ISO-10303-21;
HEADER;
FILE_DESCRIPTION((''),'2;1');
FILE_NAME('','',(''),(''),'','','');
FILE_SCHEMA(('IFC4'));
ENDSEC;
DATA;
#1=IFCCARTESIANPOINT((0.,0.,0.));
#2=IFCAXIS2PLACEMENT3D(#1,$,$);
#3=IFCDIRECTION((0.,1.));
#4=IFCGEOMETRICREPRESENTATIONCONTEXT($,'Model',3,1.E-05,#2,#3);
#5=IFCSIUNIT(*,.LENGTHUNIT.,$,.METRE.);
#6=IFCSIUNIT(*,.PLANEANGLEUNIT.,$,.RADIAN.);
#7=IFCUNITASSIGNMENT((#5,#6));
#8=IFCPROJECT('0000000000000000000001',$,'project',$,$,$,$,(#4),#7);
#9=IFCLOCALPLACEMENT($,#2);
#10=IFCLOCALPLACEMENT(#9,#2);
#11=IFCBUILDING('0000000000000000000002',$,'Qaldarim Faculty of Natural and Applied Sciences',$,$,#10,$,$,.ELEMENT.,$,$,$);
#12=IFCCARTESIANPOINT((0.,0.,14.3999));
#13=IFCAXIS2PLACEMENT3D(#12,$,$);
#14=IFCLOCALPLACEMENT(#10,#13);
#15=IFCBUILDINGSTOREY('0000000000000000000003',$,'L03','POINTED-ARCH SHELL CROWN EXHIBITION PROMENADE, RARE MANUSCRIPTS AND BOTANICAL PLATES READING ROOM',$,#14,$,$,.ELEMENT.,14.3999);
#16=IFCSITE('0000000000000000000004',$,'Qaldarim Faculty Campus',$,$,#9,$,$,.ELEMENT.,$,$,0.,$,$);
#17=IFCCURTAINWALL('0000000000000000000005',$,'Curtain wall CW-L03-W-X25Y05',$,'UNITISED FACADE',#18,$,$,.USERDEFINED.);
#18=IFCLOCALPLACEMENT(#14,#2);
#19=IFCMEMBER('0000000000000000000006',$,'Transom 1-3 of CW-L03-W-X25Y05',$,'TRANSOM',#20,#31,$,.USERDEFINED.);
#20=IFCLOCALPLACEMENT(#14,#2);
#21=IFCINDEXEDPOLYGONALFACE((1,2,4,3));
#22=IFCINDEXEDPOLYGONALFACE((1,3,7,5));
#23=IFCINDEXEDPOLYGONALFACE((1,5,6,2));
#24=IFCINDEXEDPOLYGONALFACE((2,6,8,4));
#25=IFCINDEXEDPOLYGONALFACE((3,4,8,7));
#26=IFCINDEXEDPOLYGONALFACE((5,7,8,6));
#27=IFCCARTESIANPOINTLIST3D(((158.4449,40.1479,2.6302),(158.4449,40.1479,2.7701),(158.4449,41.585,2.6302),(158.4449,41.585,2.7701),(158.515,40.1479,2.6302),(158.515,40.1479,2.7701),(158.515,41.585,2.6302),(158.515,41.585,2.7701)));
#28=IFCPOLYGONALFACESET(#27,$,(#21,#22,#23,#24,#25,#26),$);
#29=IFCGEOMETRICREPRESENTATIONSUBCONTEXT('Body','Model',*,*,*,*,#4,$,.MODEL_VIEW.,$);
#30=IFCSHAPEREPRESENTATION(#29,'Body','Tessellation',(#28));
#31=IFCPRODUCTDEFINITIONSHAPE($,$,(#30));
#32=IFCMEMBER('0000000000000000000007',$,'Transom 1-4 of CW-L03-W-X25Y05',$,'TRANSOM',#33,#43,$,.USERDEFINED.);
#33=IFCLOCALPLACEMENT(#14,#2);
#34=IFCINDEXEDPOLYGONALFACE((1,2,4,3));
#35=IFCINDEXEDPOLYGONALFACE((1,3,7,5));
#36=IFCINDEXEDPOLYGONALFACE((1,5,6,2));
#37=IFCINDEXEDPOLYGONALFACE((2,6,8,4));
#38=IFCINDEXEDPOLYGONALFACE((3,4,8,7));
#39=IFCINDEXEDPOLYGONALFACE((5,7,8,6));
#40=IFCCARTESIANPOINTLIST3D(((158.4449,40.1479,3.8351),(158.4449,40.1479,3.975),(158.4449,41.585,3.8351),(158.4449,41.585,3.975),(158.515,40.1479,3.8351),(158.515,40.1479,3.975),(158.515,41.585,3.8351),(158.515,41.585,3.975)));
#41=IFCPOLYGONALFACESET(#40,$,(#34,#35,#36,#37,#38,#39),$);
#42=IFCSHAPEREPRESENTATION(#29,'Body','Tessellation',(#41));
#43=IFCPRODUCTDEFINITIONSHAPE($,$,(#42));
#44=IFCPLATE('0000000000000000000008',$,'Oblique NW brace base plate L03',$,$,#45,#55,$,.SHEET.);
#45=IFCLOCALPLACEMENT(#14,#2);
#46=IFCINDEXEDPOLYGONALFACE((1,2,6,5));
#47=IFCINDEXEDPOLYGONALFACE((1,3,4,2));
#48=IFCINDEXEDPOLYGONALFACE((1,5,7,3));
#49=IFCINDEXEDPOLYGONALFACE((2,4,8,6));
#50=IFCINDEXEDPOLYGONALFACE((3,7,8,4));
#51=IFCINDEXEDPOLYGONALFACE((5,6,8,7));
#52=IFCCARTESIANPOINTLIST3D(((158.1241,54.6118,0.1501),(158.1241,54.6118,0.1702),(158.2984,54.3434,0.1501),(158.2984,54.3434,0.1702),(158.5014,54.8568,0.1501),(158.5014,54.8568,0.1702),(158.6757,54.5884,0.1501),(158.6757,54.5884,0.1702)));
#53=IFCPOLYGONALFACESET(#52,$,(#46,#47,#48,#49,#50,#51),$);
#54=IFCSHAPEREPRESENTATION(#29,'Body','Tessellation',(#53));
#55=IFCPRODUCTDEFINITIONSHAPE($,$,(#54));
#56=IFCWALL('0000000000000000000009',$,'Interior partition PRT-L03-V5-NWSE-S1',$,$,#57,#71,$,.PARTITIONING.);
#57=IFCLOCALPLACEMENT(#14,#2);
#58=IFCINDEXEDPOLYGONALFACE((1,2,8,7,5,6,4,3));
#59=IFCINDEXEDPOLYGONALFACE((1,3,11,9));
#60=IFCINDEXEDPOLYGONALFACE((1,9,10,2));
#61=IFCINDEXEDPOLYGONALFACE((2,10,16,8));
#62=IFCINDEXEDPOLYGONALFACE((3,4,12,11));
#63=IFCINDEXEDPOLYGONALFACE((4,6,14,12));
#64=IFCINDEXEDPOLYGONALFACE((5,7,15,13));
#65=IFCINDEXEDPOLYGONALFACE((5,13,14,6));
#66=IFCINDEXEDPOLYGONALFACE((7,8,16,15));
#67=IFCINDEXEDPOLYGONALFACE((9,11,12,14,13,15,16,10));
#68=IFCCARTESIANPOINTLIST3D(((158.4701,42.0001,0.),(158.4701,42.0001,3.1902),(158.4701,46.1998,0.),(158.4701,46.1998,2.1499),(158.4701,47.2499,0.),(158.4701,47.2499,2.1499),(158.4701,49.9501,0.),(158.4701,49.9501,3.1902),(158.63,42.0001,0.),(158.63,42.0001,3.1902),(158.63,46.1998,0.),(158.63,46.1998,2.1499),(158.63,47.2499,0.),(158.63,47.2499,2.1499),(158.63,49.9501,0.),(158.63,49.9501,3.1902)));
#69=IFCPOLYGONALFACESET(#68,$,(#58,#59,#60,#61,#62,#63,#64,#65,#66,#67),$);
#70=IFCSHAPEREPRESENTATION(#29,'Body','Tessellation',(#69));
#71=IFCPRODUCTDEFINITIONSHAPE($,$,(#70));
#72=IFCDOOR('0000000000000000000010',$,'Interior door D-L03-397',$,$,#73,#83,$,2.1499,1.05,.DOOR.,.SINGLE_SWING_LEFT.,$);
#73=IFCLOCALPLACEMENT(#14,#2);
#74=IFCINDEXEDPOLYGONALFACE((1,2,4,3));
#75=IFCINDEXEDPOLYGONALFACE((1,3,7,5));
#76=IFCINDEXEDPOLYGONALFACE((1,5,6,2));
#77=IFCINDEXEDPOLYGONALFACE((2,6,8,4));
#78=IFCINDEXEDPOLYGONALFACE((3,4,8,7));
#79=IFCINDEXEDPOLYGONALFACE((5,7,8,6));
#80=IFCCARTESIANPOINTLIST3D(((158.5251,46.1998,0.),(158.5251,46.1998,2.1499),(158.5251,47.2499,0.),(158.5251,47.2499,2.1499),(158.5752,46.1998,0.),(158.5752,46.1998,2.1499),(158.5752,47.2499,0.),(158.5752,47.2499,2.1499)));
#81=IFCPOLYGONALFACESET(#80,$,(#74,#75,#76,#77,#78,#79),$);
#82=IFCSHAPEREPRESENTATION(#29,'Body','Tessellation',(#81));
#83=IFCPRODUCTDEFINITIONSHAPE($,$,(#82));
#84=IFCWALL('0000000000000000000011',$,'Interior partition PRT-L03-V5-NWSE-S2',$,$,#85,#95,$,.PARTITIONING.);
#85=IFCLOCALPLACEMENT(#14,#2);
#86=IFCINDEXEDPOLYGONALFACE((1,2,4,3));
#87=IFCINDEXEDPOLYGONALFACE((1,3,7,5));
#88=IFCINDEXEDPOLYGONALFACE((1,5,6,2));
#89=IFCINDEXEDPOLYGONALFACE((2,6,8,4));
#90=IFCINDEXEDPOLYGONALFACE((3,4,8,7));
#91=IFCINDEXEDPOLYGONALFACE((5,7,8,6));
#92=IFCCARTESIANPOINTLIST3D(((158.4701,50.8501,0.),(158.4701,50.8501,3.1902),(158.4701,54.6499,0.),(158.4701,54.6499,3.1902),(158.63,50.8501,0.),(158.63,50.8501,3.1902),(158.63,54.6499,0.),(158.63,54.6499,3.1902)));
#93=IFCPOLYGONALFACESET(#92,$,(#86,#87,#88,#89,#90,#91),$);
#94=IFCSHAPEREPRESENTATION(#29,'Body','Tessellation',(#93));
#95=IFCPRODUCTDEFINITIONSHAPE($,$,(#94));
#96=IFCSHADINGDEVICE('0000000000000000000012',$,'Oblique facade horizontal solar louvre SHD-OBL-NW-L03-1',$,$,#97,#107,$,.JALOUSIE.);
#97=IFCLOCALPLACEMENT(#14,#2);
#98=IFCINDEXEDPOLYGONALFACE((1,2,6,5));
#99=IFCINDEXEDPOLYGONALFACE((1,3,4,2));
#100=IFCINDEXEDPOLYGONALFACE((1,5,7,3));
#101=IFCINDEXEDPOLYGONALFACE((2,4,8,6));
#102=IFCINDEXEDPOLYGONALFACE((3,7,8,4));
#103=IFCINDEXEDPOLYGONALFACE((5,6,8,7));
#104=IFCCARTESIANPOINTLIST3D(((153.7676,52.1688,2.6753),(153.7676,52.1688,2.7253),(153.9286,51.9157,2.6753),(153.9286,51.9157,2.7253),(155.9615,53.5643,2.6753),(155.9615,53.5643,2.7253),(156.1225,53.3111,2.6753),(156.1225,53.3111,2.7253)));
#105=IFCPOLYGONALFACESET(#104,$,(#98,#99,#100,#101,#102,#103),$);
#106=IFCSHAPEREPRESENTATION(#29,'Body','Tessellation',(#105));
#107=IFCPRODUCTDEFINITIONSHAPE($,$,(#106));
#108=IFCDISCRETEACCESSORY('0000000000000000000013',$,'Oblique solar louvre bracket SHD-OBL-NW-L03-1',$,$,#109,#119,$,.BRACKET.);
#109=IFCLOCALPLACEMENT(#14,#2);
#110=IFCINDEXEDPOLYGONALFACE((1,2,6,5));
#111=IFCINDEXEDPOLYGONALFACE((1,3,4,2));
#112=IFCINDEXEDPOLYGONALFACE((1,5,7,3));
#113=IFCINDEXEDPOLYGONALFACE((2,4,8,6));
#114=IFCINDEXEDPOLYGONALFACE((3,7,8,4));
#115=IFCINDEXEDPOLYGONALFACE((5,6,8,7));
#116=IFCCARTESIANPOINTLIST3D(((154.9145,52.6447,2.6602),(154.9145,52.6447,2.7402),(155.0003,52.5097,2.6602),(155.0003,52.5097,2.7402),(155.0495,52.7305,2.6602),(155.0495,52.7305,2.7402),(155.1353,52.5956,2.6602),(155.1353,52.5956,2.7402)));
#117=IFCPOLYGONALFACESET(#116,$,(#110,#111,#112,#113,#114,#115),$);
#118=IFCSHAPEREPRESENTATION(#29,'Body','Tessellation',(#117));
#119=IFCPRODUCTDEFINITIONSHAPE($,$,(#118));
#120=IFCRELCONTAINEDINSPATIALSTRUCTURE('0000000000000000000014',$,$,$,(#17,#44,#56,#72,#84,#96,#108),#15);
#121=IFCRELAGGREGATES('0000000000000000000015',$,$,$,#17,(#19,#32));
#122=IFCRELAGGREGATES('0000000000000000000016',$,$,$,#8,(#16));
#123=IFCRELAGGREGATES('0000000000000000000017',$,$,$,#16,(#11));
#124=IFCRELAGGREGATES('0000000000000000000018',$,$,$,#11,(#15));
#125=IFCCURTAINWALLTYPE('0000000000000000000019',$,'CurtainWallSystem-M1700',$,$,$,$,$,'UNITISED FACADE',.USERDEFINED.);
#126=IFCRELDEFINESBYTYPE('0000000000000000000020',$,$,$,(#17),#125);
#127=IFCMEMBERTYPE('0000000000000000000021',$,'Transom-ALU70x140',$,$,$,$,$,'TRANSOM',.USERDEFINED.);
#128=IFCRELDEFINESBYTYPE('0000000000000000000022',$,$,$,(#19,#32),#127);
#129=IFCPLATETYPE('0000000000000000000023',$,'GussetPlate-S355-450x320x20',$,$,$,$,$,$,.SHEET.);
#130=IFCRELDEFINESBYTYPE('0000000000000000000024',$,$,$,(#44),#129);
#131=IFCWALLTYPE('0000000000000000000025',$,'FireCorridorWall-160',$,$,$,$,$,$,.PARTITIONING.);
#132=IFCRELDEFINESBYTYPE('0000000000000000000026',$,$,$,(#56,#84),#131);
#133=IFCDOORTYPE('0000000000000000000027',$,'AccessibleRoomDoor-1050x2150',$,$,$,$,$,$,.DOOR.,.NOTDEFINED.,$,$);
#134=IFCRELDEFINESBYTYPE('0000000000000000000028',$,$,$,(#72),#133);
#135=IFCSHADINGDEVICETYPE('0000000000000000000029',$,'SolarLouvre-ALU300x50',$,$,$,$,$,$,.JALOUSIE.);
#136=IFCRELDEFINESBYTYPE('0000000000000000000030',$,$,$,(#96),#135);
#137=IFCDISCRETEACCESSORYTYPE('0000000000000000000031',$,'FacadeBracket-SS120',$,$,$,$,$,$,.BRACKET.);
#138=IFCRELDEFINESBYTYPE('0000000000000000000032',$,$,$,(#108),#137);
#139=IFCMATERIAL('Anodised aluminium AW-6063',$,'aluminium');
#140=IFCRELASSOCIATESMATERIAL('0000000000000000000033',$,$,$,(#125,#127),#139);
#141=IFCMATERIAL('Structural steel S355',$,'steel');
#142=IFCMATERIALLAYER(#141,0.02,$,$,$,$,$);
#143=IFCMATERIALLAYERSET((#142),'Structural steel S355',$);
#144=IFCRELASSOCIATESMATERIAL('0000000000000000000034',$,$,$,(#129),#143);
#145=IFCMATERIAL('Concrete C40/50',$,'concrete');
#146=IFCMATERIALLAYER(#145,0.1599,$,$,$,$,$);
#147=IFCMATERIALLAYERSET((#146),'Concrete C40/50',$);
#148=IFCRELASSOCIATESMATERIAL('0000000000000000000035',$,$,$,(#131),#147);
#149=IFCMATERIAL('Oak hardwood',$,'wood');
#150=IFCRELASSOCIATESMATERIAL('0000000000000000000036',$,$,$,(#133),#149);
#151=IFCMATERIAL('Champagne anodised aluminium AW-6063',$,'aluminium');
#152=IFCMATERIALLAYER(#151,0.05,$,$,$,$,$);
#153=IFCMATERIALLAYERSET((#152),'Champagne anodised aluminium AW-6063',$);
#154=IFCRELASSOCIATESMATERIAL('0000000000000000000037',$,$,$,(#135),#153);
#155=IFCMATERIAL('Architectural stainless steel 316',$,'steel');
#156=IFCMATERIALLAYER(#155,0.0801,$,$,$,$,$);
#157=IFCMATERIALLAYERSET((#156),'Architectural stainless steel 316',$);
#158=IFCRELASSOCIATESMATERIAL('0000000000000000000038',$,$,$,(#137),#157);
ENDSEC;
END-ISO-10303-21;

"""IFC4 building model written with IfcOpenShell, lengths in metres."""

from ifc_helpers import new_model, si_unit, direction, frame, frame_2d, origin, origin_2d, place, context, subcontext, project, spatial, rectangle, extrude, material, layer, layer_set, material_profile, profile_set, type_object, element, fill, aggregate, save


model = new_model("IFC4")

# Units and contexts
model_context = context("Model", 3, precision=1e-05, world=origin(), true_north=direction((0.0, 1.0)))
body_context = subcontext(model_context, "Body", "Model", "MODEL_VIEW")
ifc_project = project(units=[si_unit("LENGTHUNIT", "METRE"), si_unit("PLANEANGLEUNIT", "RADIAN")], contexts=[model_context])

# Site, building, storey
site_placement = place(None, origin())
site = spatial("IfcSite", under=ifc_project, at=site_placement, Name="Qaldarim Faculty Campus", CompositionType="ELEMENT", RefElevation=0.0)
building_placement = place(site_placement, origin())
building = spatial("IfcBuilding", under=site, at=building_placement, Name="Qaldarim Faculty of Natural and Applied Sciences", CompositionType="ELEMENT")
storey_placement = place(building_placement, frame((0.0, 0.0, 14.3999)))
storey = spatial("IfcBuildingStorey", under=building, at=storey_placement, Name="L03", Description="POINTED-ARCH SHELL CROWN EXHIBITION PROMENADE, RARE MANUSCRIPTS AND BOTANICAL PLATES READING ROOM", CompositionType="ELEMENT", Elevation=14.3999)

# Shared definitions
ifc_material_1 = material(Name="Concrete C40/50", Category="concrete")

# Shared definitions
ifc_material_2 = material(Name="Structural steel S355", Category="steel")

# Curtain wall
ifc_material_3 = material(Name="Anodised aluminium AW-6063", Category="aluminium")
curtain_wall_type = type_object("IfcCurtainWallType", Name="CurtainWallSystem-M1700", ElementType="UNITISED FACADE", PredefinedType="USERDEFINED", material=ifc_material_3)
curtain_wall_placement = place(storey_placement, origin())
curtain_wall = element("IfcCurtainWall", 1, at=curtain_wall_placement, inside=storey, type_object=curtain_wall_type, Name="Curtain wall CW-L03-W-X25Y05", ObjectType="UNITISED FACADE", PredefinedType="USERDEFINED")

# Members
ifc_material_profile_1 = material_profile(ifc_material_3, rectangle(XDim=0.0701, YDim=0.1399, at=origin_2d()), Name="ALU-T70x140")
ifc_profile_set_1 = profile_set([ifc_material_profile_1], Name="Anodised aluminium AW-6063")
member_type_1 = type_object("IfcMemberType", Name="Transom-ALU70x140", ElementType="TRANSOM", PredefinedType="USERDEFINED", material=ifc_profile_set_1)
member_1_placement = place(storey_placement, frame((158.48, 41.585, 2.7002), z_axis=(0.0, -1.0, 0.0), x_axis=(1.0, 0.0, 0.0)))
member_1 = element("IfcMember", 2, at=member_1_placement, type_object=member_type_1, Name="Transom 1-3 of CW-L03-W-X25Y05", ObjectType="TRANSOM", PredefinedType="USERDEFINED", context=body_context, shape_type="SweptSolid", body=[
    extrude(rectangle(XDim=0.0701, YDim=0.1399, at=origin_2d()), origin(), (0.0, 0.0, 1.0), 1.437),
])
member_2_placement = place(storey_placement, frame((158.48, 41.585, 3.905), z_axis=(0.0, -1.0, 0.0), x_axis=(1.0, 0.0, 0.0)))
member_2 = element("IfcMember", 3, at=member_2_placement, type_object=member_type_1, Name="Transom 1-4 of CW-L03-W-X25Y05", ObjectType="TRANSOM", PredefinedType="USERDEFINED", context=body_context, shape_type="SweptSolid", body=[
    extrude(rectangle(XDim=0.0701, YDim=0.1399, at=origin_2d()), origin(), (0.0, 0.0, 1.0), 1.437),
])
aggregate(curtain_wall, [member_1, member_2])

# Plate
ifc_layer_1 = layer(ifc_material_2, 0.02)
ifc_layer_set_1 = layer_set([ifc_layer_1], Name="Structural steel S355")
plate_type = type_object("IfcPlateType", Name="GussetPlate-S355-450x320x20", PredefinedType="SHEET", material=ifc_layer_set_1)
plate_placement = place(storey_placement, frame((158.3999, 54.6001, 0.1501), z_axis=(0.0, 0.0, 1.0), x_axis=(0.838671, 0.544639, 0.0)))
element("IfcPlate", 4, at=plate_placement, inside=storey, type_object=plate_type, Name="Oblique NW brace base plate L03", PredefinedType="SHEET", context=body_context, shape_type="SweptSolid", body=[
    extrude(rectangle(XDim=0.45, YDim=0.3201, at=origin_2d()), origin(), (0.0, 0.0, 1.0), 0.02),
])

# Wall, opening, door
ifc_layer_2 = layer(ifc_material_1, 0.1599)
ifc_layer_set_2 = layer_set([ifc_layer_2], Name="Concrete C40/50")
wall_type = type_object("IfcWallType", Name="FireCorridorWall-160", PredefinedType="PARTITIONING", material=ifc_layer_set_2)
wall_1_placement = place(storey_placement, frame((158.55, 42.0, 0.0), z_axis=(0.0, 0.0, 1.0), x_axis=(0.0, 1.0, 0.0)))
wall_1 = element("IfcWall", 5, at=wall_1_placement, inside=storey, type_object=wall_type, Name="Interior partition PRT-L03-V5-NWSE-S1", PredefinedType="PARTITIONING", context=body_context, shape_type="SweptSolid", body=[
    extrude(rectangle(XDim=7.95, YDim=0.1599, at=frame_2d((3.9751, 0.0))), origin(), (0.0, 0.0, 1.0), 3.1902),
])
opening_placement = place(wall_1_placement, frame((4.2, 0.0, 0.0)))
opening = element("IfcOpeningElement", 6, at=opening_placement, cuts=wall_1, PredefinedType="OPENING", context=body_context, shape_type="SweptSolid", body=[
    extrude(rectangle(XDim=1.05, YDim=2.1499, at=frame_2d((0.5249, 1.075))), frame((0.0, 0.0898, 0.0), z_axis=(0.0, -1.0, 0.0), x_axis=(1.0, 0.0, 0.0)), (0.0, 0.0, 1.0), 0.1799),
])
ifc_material_4 = material(Name="Oak hardwood", Category="wood")
door_type = type_object("IfcDoorType", Name="AccessibleRoomDoor-1050x2150", OperationType="NOTDEFINED", PredefinedType="DOOR", material=ifc_material_4)
door_placement = place(opening_placement, origin())
door = element("IfcDoor", 7, at=door_placement, inside=storey, type_object=door_type, Name="Interior door D-L03-397", OperationType="SINGLE_SWING_LEFT", OverallHeight=2.1499, OverallWidth=1.05, PredefinedType="DOOR", context=body_context, shape_type="SweptSolid", body=[
    extrude(rectangle(XDim=1.05, YDim=2.1499, at=frame_2d((0.5249, 1.075))), frame((0.0, 0.0249, 0.0), z_axis=(0.0, -1.0, 0.0), x_axis=(1.0, 0.0, 0.0)), (0.0, 0.0, 1.0), 0.05),
])
fill(opening, door)

# Wall
wall_2_placement = place(storey_placement, frame((158.55, 50.8501, 0.0), z_axis=(0.0, 0.0, 1.0), x_axis=(0.0, 1.0, 0.0)))
element("IfcWall", 8, at=wall_2_placement, inside=storey, type_object=wall_type, Name="Interior partition PRT-L03-V5-NWSE-S2", PredefinedType="PARTITIONING", context=body_context, shape_type="SweptSolid", body=[
    extrude(rectangle(XDim=3.7998, YDim=0.1599, at=frame_2d((1.8999, 0.0))), origin(), (0.0, 0.0, 1.0), 3.1902),
])

# Shading device
ifc_material_5 = material(Name="Champagne anodised aluminium AW-6063", Category="aluminium")
ifc_layer_3 = layer(ifc_material_5, 0.05)
ifc_layer_set_3 = layer_set([ifc_layer_3], Name="Champagne anodised aluminium AW-6063")
shading_device_type = type_object("IfcShadingDeviceType", Name="SolarLouvre-ALU300x50", PredefinedType="JALOUSIE", material=ifc_layer_set_3)
shading_device_placement = place(storey_placement, frame((154.9451, 52.74, 2.6753), z_axis=(0.0, 0.0, 1.0), x_axis=(0.843776, 0.536696, 0.0)))
element("IfcShadingDevice", 9, at=shading_device_placement, inside=storey, type_object=shading_device_type, Name="Oblique facade horizontal solar louvre SHD-OBL-NW-L03-1", PredefinedType="JALOUSIE", context=body_context, shape_type="SweptSolid", body=[
    extrude(rectangle(XDim=2.6001, YDim=0.3, at=origin_2d()), origin(), (0.0, 0.0, 1.0), 0.05),
])

# Discrete accessory
ifc_material_6 = material(Name="Architectural stainless steel 316", Category="steel")
ifc_layer_4 = layer(ifc_material_6, 0.0801)
ifc_layer_set_4 = layer_set([ifc_layer_4], Name="Architectural stainless steel 316")
discrete_accessory_type = type_object("IfcDiscreteAccessoryType", Name="FacadeBracket-SS120", PredefinedType="BRACKET", material=ifc_layer_set_4)
discrete_accessory_placement = place(storey_placement, frame((155.0249, 52.6201, 2.6602), z_axis=(0.0, 0.0, 1.0), x_axis=(0.843776, 0.536696, 0.0)))
element("IfcDiscreteAccessory", 10, at=discrete_accessory_placement, inside=storey, type_object=discrete_accessory_type, Name="Oblique solar louvre bracket SHD-OBL-NW-L03-1", PredefinedType="BRACKET", context=body_context, shape_type="SweptSolid", body=[
    extrude(rectangle(XDim=0.1599, YDim=0.1599, at=origin_2d()), origin(), (0.0, 0.0, 1.0), 0.0801),
])

save(model, "model.ifc")
